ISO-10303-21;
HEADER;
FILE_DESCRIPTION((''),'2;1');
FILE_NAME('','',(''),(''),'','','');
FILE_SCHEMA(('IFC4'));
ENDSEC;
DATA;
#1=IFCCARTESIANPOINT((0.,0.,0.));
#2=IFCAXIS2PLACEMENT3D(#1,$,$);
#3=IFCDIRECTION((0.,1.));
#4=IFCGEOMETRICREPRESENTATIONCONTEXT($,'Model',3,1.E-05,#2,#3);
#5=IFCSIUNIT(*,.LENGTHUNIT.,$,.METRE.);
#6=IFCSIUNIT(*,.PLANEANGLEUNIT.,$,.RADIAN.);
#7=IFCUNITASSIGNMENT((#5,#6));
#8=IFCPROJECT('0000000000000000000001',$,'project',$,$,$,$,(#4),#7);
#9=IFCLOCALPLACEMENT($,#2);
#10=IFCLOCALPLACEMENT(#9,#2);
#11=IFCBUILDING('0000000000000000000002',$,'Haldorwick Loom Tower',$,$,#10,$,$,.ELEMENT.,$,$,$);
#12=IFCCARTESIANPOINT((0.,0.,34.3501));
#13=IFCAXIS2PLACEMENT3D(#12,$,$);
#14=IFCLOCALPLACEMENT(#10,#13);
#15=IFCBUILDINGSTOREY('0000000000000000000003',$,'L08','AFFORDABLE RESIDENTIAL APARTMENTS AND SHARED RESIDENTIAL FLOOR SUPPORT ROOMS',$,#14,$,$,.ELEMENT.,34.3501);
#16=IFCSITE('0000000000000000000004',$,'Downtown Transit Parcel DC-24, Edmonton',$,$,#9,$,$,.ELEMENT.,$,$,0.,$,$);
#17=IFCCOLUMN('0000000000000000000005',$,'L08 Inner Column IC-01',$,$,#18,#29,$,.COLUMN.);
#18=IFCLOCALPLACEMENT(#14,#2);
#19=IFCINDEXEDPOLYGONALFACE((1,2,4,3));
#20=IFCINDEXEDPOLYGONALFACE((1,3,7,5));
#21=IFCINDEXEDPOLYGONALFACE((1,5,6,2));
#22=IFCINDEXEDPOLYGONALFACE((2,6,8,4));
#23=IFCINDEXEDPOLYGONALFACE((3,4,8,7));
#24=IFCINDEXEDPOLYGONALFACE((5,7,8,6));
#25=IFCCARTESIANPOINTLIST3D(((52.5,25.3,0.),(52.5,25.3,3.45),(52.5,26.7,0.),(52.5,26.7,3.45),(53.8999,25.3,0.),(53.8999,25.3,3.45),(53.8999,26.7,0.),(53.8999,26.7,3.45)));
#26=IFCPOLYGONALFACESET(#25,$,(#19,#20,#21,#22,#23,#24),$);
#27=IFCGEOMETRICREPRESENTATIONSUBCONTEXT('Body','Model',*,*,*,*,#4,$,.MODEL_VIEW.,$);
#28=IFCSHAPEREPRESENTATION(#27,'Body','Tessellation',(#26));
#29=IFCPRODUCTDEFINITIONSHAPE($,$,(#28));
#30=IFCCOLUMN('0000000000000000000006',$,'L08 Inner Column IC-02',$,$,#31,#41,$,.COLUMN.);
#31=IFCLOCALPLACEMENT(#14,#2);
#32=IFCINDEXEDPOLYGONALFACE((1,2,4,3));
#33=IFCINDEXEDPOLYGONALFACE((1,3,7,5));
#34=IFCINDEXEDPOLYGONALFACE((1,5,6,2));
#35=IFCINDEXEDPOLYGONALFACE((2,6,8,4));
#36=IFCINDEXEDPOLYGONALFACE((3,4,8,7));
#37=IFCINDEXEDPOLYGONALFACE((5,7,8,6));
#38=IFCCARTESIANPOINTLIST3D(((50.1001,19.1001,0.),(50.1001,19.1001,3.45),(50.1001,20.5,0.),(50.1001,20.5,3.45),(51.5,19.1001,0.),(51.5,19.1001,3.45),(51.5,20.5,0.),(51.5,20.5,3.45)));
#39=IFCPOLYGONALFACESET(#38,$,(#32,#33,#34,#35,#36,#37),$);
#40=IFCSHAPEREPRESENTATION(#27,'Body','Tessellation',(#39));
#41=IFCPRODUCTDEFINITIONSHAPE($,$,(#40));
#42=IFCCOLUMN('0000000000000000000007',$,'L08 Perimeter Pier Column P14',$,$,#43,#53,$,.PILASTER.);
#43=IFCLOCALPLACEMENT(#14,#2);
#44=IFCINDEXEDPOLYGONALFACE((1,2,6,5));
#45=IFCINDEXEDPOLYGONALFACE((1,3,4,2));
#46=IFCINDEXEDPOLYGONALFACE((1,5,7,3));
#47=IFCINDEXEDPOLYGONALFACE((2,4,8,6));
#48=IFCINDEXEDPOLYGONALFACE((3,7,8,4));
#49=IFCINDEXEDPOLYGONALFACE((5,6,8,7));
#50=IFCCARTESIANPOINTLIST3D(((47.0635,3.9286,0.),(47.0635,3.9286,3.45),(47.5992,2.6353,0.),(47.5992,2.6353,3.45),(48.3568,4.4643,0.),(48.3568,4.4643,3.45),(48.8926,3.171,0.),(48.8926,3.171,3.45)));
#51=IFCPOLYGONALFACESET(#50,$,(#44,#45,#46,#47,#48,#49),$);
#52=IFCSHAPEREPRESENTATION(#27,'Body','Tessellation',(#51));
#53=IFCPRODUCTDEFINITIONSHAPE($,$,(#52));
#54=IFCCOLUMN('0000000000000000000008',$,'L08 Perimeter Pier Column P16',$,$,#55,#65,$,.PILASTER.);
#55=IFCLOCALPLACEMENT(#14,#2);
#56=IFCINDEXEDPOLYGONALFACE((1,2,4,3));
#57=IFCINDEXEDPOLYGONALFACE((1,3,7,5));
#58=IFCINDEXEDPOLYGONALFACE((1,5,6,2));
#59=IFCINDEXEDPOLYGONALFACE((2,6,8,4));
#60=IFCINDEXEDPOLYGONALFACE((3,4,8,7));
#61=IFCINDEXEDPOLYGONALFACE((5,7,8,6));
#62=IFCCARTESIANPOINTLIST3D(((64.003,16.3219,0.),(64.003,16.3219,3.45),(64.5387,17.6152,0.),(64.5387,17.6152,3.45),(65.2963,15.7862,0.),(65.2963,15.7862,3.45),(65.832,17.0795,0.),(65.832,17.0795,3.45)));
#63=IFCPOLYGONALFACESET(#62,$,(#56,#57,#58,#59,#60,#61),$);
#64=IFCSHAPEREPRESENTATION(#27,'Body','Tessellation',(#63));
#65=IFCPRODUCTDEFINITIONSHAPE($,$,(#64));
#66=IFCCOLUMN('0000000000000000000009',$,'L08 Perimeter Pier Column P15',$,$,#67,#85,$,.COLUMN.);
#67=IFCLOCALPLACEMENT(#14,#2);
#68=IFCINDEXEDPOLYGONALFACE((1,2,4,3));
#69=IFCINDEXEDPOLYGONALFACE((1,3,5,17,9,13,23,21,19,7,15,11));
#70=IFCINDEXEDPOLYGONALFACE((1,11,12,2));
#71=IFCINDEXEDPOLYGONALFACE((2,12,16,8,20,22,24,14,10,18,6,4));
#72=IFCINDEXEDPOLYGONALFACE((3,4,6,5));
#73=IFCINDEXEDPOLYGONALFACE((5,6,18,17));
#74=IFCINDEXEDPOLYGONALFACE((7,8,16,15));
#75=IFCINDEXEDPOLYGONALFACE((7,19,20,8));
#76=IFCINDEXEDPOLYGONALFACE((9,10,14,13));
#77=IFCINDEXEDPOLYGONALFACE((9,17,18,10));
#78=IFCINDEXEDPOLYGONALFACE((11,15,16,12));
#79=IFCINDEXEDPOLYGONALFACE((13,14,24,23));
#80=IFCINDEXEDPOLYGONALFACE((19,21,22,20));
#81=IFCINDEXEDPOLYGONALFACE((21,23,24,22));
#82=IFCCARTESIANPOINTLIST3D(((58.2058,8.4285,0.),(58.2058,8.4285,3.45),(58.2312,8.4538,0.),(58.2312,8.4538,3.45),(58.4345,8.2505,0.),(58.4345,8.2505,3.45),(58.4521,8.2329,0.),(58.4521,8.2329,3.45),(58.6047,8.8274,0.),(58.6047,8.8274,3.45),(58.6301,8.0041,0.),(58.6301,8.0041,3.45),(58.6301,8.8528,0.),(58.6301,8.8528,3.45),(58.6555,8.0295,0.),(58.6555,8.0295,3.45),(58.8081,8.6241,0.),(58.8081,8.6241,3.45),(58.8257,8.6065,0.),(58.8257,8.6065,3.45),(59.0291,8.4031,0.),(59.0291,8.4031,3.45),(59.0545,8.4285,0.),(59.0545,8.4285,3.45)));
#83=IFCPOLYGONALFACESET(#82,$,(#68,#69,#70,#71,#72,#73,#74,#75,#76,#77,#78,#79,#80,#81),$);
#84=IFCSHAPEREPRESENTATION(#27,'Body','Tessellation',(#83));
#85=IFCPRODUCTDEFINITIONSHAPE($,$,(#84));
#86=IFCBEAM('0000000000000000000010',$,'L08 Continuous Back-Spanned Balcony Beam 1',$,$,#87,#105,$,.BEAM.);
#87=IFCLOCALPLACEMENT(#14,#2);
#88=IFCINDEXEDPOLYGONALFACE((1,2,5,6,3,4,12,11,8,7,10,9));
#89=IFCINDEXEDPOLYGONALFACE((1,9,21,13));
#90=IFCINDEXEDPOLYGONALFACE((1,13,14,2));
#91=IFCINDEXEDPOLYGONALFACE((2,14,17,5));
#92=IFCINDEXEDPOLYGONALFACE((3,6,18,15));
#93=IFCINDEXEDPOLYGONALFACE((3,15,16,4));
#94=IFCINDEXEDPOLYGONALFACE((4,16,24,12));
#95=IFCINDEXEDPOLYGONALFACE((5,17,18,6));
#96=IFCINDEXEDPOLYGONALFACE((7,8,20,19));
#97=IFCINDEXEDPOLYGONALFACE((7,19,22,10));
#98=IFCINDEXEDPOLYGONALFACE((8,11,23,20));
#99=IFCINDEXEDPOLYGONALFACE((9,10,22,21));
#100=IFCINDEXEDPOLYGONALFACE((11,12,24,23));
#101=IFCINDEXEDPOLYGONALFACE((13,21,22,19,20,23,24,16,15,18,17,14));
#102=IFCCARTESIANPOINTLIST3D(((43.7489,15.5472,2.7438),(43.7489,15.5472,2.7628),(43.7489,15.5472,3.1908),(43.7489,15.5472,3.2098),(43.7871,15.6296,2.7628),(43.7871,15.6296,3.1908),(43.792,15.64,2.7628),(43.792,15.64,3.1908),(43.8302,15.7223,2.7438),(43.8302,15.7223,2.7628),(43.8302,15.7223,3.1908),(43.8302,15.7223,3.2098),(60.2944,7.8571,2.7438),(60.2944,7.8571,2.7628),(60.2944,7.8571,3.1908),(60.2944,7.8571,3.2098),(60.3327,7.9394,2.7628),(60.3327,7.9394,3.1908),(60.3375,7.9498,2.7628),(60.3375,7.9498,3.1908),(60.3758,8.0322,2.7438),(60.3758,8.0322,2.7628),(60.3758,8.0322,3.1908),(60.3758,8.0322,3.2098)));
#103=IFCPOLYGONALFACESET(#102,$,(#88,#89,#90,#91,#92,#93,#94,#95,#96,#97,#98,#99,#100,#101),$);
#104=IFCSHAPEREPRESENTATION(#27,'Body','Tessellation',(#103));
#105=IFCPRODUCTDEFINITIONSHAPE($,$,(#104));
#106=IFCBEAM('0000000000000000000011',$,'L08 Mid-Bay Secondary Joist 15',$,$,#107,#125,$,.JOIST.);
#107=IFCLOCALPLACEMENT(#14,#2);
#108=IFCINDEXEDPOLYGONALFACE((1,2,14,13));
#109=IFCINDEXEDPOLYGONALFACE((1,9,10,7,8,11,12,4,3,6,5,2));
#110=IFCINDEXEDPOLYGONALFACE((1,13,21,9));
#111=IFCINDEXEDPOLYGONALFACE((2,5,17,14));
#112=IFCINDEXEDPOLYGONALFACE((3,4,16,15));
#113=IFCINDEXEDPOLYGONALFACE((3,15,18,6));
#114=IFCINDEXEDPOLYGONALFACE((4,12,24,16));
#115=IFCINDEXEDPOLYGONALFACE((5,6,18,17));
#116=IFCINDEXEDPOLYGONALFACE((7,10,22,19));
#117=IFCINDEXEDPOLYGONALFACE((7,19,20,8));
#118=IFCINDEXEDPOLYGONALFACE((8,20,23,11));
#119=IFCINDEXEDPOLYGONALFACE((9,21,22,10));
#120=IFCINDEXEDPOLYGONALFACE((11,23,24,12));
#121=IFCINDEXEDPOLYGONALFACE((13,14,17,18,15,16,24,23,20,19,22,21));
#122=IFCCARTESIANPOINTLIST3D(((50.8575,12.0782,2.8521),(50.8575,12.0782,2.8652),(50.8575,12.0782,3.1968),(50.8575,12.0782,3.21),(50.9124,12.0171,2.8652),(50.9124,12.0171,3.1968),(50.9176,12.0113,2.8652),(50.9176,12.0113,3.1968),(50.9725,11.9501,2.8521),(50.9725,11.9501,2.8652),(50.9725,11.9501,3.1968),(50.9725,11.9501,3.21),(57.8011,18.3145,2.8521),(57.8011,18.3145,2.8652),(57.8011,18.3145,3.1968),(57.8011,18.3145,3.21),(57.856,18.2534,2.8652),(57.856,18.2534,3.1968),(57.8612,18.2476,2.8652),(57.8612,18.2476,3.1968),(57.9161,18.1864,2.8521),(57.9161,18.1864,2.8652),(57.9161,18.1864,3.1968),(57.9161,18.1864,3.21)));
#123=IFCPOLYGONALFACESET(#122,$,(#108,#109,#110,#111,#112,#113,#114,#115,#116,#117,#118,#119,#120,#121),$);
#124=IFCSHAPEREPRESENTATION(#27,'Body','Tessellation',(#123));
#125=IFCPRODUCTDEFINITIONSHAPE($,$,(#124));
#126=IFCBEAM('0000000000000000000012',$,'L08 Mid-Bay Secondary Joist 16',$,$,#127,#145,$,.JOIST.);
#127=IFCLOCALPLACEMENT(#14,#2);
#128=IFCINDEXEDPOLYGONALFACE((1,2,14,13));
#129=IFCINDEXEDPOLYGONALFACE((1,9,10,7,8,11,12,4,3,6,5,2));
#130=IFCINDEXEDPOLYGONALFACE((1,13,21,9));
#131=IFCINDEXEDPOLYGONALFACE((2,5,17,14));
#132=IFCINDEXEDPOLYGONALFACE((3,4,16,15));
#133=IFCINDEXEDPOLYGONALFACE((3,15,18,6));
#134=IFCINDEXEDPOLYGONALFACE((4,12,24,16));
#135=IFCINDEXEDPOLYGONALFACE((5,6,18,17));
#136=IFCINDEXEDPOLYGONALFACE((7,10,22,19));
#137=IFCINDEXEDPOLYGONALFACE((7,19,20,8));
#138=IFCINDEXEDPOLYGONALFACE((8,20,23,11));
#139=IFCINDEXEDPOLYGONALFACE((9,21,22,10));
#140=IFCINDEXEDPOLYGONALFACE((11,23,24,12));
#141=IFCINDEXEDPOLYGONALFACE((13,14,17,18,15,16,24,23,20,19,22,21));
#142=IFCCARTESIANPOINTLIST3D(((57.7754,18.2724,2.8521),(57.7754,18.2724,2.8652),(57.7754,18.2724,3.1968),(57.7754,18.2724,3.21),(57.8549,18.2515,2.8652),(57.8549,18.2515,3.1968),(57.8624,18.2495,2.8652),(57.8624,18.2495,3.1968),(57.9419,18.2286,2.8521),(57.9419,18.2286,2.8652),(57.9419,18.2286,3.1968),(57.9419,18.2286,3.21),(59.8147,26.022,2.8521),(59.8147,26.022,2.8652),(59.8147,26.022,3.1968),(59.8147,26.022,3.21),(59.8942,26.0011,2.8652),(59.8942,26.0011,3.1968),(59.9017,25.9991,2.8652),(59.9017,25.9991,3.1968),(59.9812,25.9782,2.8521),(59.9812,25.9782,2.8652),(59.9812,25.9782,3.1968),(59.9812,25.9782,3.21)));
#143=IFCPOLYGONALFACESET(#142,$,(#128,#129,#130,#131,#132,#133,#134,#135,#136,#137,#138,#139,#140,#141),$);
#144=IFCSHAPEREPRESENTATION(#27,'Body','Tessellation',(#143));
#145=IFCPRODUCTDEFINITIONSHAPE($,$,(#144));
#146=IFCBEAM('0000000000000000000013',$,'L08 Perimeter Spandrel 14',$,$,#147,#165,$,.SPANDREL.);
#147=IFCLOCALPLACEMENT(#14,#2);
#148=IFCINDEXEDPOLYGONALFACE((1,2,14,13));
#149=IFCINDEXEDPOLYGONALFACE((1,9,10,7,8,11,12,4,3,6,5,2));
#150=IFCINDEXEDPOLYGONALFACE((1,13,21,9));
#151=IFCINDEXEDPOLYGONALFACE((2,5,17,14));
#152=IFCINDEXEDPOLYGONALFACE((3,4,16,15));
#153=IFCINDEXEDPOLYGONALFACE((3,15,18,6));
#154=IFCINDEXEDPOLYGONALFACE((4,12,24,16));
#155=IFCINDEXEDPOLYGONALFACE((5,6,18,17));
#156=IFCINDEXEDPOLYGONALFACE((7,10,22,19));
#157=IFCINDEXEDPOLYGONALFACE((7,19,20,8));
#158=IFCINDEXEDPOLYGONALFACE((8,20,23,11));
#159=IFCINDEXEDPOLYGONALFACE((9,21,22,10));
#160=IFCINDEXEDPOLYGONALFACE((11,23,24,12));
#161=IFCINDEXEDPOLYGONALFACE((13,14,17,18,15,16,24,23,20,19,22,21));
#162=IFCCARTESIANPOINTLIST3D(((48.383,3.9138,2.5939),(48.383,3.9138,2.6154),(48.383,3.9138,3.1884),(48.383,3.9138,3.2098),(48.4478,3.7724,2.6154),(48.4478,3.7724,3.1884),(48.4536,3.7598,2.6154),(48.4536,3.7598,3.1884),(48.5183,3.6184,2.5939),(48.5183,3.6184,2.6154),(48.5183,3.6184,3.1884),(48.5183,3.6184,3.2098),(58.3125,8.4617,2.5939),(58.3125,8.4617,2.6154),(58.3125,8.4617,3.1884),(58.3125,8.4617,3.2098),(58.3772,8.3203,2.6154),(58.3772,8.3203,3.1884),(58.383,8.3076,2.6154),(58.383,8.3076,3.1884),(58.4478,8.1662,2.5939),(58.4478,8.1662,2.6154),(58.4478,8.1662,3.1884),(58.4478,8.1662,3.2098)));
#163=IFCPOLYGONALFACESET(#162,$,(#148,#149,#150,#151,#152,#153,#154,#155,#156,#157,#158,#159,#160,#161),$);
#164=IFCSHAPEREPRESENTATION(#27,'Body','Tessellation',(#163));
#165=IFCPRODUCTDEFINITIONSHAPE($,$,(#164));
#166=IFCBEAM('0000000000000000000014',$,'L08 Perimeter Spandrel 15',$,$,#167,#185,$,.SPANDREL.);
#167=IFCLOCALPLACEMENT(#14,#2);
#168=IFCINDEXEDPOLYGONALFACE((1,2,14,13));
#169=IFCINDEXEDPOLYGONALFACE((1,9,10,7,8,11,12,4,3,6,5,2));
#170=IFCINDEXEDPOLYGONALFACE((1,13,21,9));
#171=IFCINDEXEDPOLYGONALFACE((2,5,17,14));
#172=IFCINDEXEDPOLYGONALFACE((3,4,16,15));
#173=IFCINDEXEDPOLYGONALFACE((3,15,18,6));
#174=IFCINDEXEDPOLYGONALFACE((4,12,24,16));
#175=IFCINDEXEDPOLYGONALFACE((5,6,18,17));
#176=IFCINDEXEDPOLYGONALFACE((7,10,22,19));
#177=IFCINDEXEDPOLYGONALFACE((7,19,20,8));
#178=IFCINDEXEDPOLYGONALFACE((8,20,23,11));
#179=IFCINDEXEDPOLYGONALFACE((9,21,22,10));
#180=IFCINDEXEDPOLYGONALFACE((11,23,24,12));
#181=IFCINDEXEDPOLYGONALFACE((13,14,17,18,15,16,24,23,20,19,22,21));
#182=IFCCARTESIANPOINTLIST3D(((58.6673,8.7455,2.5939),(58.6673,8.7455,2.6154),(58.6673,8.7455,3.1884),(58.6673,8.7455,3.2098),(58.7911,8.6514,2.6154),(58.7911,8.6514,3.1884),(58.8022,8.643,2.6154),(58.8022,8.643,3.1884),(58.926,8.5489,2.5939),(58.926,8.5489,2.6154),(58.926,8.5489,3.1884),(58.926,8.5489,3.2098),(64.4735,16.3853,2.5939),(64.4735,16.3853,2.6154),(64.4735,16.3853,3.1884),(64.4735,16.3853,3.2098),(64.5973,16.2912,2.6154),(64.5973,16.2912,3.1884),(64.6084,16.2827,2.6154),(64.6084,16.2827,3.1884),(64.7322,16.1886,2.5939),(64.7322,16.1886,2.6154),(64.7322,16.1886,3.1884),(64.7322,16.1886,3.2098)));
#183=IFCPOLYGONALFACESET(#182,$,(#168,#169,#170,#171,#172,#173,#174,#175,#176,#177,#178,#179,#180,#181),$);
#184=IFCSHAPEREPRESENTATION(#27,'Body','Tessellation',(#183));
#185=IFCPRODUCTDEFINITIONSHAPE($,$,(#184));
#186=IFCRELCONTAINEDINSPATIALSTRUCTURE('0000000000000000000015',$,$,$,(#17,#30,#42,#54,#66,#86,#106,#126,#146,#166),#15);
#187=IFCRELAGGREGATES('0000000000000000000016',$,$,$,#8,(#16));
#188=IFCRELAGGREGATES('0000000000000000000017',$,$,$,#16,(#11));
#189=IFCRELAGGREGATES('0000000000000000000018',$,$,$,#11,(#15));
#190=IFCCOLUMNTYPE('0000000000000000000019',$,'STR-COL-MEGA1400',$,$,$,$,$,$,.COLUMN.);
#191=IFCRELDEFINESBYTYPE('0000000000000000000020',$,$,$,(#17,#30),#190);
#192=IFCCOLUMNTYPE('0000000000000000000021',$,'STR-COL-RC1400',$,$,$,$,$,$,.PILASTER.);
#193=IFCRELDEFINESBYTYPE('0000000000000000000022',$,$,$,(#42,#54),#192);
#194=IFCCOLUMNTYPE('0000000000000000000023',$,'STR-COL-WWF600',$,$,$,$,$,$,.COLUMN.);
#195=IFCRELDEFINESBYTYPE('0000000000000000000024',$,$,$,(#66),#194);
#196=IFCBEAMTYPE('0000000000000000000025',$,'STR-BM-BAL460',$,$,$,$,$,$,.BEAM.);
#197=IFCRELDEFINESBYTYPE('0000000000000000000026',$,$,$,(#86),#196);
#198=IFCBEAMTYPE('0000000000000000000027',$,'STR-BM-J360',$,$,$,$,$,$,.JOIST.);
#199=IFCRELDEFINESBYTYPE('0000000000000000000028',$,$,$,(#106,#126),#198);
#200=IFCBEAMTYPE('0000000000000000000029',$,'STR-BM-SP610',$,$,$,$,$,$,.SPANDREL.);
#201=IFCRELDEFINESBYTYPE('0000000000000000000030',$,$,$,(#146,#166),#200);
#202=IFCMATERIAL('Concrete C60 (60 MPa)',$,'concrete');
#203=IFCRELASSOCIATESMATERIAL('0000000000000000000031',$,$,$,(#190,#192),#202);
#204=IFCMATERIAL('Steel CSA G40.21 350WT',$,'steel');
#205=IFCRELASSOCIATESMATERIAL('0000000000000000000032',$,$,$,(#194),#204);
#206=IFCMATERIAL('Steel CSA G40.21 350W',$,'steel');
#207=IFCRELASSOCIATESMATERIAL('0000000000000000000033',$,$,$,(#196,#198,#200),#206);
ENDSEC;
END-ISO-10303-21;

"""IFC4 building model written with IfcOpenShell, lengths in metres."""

from ifc_helpers import new_model, si_unit, direction, frame, origin, origin_2d, place, context, subcontext, project, spatial, rectangle, i_section, extrude, material, material_profile, profile_set, type_object, element, save


model = new_model("IFC4")

# Units and contexts
model_context = context("Model", 3, precision=1e-05, world=origin(), true_north=direction((0.0, 1.0)))
body_context = subcontext(model_context, "Body", "Model", "MODEL_VIEW")
ifc_project = project(units=[si_unit("LENGTHUNIT", "METRE"), si_unit("PLANEANGLEUNIT", "RADIAN")], contexts=[model_context])

# Site, building, storey
site_placement = place(None, origin())
site = spatial("IfcSite", under=ifc_project, at=site_placement, Name="Downtown Transit Parcel DC-24, Edmonton", CompositionType="ELEMENT", RefElevation=0.0)
building_placement = place(site_placement, origin())
building = spatial("IfcBuilding", under=site, at=building_placement, Name="Haldorwick Loom Tower", CompositionType="ELEMENT")
storey_placement = place(building_placement, frame((0.0, 0.0, 34.3501)))
storey = spatial("IfcBuildingStorey", under=building, at=storey_placement, Name="L08", Description="AFFORDABLE RESIDENTIAL APARTMENTS AND SHARED RESIDENTIAL FLOOR SUPPORT ROOMS", CompositionType="ELEMENT", Elevation=34.3501)

# Columns
ifc_material_1 = material(Name="Concrete C60 (60 MPa)", Category="concrete")
ifc_material_profile_1 = material_profile(ifc_material_1, rectangle(XDim=1.3999, YDim=1.3999, at=origin_2d()), Name="RC1400X1400", Category="concrete")
ifc_profile_set_1 = profile_set([ifc_material_profile_1], Name="Concrete C60 (60 MPa)")
column_type_1 = type_object("IfcColumnType", Name="STR-COL-MEGA1400", PredefinedType="COLUMN", material=ifc_profile_set_1)
for number, where, z_axis, x_axis, name in (
    (1, (53.2, 26.0, 0.0), (0.0, 0.0, 1.0), (1.0, 0.0, 0.0), "L08 Inner Column IC-01"),
    (2, (50.8, 19.8, 0.0), (0.0, 0.0, 1.0), (1.0, 0.0, 0.0), "L08 Inner Column IC-02"),
):
    element("IfcColumn", number, at=place(storey_placement, frame(where, z_axis=z_axis, x_axis=x_axis)), inside=storey, type_object=column_type_1, Name=name, PredefinedType="COLUMN", context=body_context, shape_type="SweptSolid", body=[
        extrude(rectangle(XDim=1.3999, YDim=1.3999, at=origin_2d()), origin(), (0.0, 0.0, 1.0), 3.45),
    ])
ifc_material_profile_2 = material_profile(ifc_material_1, rectangle(XDim=1.3999, YDim=1.3999, at=origin_2d()), Name="RC1400X1400", Category="concrete")
ifc_profile_set_2 = profile_set([ifc_material_profile_2], Name="Concrete C60 (60 MPa)")
column_type_2 = type_object("IfcColumnType", Name="STR-COL-RC1400", PredefinedType="PILASTER", material=ifc_profile_set_2)
for number, where, z_axis, x_axis, name in (
    (3, (47.978, 3.5498, 0.0), (0.0, 0.0, 1.0), (0.382683, -0.92388, 0.0), "L08 Perimeter Pier Column P14"),
    (4, (64.9175, 16.7007, 0.0), (0.0, 0.0, 1.0), (0.92388, -0.382683, 0.0), "L08 Perimeter Pier Column P16"),
):
    element("IfcColumn", number, at=place(storey_placement, frame(where, z_axis=z_axis, x_axis=x_axis)), inside=storey, type_object=column_type_2, Name=name, PredefinedType="PILASTER", context=body_context, shape_type="SweptSolid", body=[
        extrude(rectangle(XDim=1.3999, YDim=1.3999, at=origin_2d()), origin(), (0.0, 0.0, 1.0), 3.45),
    ])
ifc_material_2 = material(Name="Steel CSA G40.21 350WT", Category="steel")
ifc_material_profile_3 = material_profile(ifc_material_2, i_section(OverallWidth=0.6001, OverallDepth=0.6001, WebThickness=0.0249, FlangeThickness=0.0359, at=origin_2d()), Name="WWF600X600", Category="steel")
ifc_profile_set_3 = profile_set([ifc_material_profile_3], Name="Steel CSA G40.21 350WT")
column_type_3 = type_object("IfcColumnType", Name="STR-COL-WWF600", PredefinedType="COLUMN", material=ifc_profile_set_3)
column_placement = place(storey_placement, frame((58.6301, 8.4285, 0.0), z_axis=(0.0, 0.0, 1.0), x_axis=(0.707107, -0.707107, 0.0)))
element("IfcColumn", 5, at=column_placement, inside=storey, type_object=column_type_3, Name="L08 Perimeter Pier Column P15", PredefinedType="COLUMN", context=body_context, shape_type="SweptSolid", body=[
    extrude(i_section(OverallWidth=0.6001, OverallDepth=0.6001, WebThickness=0.0249, FlangeThickness=0.0359, at=origin_2d()), origin(), (0.0, 0.0, 1.0), 3.45),
])

# Beams
ifc_material_3 = material(Name="Steel CSA G40.21 350W", Category="steel")
ifc_material_profile_4 = material_profile(ifc_material_3, i_section(OverallWidth=0.1931, OverallDepth=0.4661, WebThickness=0.0115, FlangeThickness=0.019, at=origin_2d()), Name="W460X97", Category="steel")
ifc_profile_set_4 = profile_set([ifc_material_profile_4], Name="Steel CSA G40.21 350W")
beam_type_1 = type_object("IfcBeamType", Name="STR-BM-BAL460", PredefinedType="BEAM", material=ifc_profile_set_4)
beam_1_placement = place(storey_placement, frame((43.7896, 15.6348, 2.9768), z_axis=(0.906836, -0.421484, 0.0), x_axis=(0.421484, 0.906836, 0.0)))
element("IfcBeam", 6, at=beam_1_placement, inside=storey, type_object=beam_type_1, Name="L08 Continuous Back-Spanned Balcony Beam 1", PredefinedType="BEAM", context=body_context, shape_type="SweptSolid", body=[
    extrude(i_section(OverallWidth=0.1931, OverallDepth=0.4661, WebThickness=0.0115, FlangeThickness=0.019, at=origin_2d()), origin(), (0.0, 0.0, 1.0), 18.2454),
])
ifc_material_profile_5 = material_profile(ifc_material_3, i_section(OverallWidth=0.1721, OverallDepth=0.3579, WebThickness=0.0078, FlangeThickness=0.0132, at=origin_2d()), Name="W360X57", Category="steel")
ifc_profile_set_5 = profile_set([ifc_material_profile_5], Name="Steel CSA G40.21 350W")
beam_type_2 = type_object("IfcBeamType", Name="STR-BM-J360", PredefinedType="JOIST", material=ifc_profile_set_5)
beam_2_placement = place(storey_placement, frame((50.915, 12.0142, 3.031), z_axis=(0.743982, 0.6682, 0.0), x_axis=(-0.6682, 0.743982, 0.0)))
element("IfcBeam", 7, at=beam_2_placement, inside=storey, type_object=beam_type_2, Name="L08 Mid-Bay Secondary Joist 15", PredefinedType="JOIST", context=body_context, shape_type="SweptSolid", body=[
    extrude(i_section(OverallWidth=0.1721, OverallDepth=0.3579, WebThickness=0.0078, FlangeThickness=0.0132, at=origin_2d()), origin(), (0.0, 0.0, 1.0), 9.333),
])
beam_3_placement = place(storey_placement, frame((57.8586, 18.2505, 3.031), z_axis=(0.254489, 0.967076, 0.0), x_axis=(-0.967076, 0.254489, 0.0)))
element("IfcBeam", 8, at=beam_3_placement, inside=storey, type_object=beam_type_2, Name="L08 Mid-Bay Secondary Joist 16", PredefinedType="JOIST", context=body_context, shape_type="SweptSolid", body=[
    extrude(i_section(OverallWidth=0.1721, OverallDepth=0.3579, WebThickness=0.0078, FlangeThickness=0.0132, at=origin_2d()), origin(), (0.0, 0.0, 1.0), 8.0134),
])
ifc_material_profile_6 = material_profile(ifc_material_3, i_section(OverallWidth=0.325, OverallDepth=0.616, WebThickness=0.0139, FlangeThickness=0.0215, at=origin_2d()), Name="W610X174", Category="steel")
ifc_profile_set_6 = profile_set([ifc_material_profile_6], Name="Steel CSA G40.21 350W")
beam_type_3 = type_object("IfcBeamType", Name="STR-BM-SP610", PredefinedType="SPANDREL", material=ifc_profile_set_6)
beam_4_placement = place(storey_placement, frame((48.4507, 3.7661, 2.9019), z_axis=(0.909174, 0.416417, 0.0), x_axis=(-0.416417, 0.909174, 0.0)))
element("IfcBeam", 9, at=beam_4_placement, inside=storey, type_object=beam_type_3, Name="L08 Perimeter Spandrel 14", PredefinedType="SPANDREL", context=body_context, shape_type="SweptSolid", body=[
    extrude(i_section(OverallWidth=0.325, OverallDepth=0.616, WebThickness=0.0139, FlangeThickness=0.0215, at=origin_2d()), origin(), (0.0, 0.0, 1.0), 10.9214),
])
beam_5_placement = place(storey_placement, frame((58.7966, 8.6472, 2.9019), z_axis=(0.605085, 0.796161, 0.0), x_axis=(-0.796161, 0.605085, 0.0)))
element("IfcBeam", 10, at=beam_5_placement, inside=storey, type_object=beam_type_3, Name="L08 Perimeter Spandrel 15", PredefinedType="SPANDREL", context=body_context, shape_type="SweptSolid", body=[
    extrude(i_section(OverallWidth=0.325, OverallDepth=0.616, WebThickness=0.0139, FlangeThickness=0.0215, at=origin_2d()), origin(), (0.0, 0.0, 1.0), 9.5957),
])

save(model, "model.ifc")
